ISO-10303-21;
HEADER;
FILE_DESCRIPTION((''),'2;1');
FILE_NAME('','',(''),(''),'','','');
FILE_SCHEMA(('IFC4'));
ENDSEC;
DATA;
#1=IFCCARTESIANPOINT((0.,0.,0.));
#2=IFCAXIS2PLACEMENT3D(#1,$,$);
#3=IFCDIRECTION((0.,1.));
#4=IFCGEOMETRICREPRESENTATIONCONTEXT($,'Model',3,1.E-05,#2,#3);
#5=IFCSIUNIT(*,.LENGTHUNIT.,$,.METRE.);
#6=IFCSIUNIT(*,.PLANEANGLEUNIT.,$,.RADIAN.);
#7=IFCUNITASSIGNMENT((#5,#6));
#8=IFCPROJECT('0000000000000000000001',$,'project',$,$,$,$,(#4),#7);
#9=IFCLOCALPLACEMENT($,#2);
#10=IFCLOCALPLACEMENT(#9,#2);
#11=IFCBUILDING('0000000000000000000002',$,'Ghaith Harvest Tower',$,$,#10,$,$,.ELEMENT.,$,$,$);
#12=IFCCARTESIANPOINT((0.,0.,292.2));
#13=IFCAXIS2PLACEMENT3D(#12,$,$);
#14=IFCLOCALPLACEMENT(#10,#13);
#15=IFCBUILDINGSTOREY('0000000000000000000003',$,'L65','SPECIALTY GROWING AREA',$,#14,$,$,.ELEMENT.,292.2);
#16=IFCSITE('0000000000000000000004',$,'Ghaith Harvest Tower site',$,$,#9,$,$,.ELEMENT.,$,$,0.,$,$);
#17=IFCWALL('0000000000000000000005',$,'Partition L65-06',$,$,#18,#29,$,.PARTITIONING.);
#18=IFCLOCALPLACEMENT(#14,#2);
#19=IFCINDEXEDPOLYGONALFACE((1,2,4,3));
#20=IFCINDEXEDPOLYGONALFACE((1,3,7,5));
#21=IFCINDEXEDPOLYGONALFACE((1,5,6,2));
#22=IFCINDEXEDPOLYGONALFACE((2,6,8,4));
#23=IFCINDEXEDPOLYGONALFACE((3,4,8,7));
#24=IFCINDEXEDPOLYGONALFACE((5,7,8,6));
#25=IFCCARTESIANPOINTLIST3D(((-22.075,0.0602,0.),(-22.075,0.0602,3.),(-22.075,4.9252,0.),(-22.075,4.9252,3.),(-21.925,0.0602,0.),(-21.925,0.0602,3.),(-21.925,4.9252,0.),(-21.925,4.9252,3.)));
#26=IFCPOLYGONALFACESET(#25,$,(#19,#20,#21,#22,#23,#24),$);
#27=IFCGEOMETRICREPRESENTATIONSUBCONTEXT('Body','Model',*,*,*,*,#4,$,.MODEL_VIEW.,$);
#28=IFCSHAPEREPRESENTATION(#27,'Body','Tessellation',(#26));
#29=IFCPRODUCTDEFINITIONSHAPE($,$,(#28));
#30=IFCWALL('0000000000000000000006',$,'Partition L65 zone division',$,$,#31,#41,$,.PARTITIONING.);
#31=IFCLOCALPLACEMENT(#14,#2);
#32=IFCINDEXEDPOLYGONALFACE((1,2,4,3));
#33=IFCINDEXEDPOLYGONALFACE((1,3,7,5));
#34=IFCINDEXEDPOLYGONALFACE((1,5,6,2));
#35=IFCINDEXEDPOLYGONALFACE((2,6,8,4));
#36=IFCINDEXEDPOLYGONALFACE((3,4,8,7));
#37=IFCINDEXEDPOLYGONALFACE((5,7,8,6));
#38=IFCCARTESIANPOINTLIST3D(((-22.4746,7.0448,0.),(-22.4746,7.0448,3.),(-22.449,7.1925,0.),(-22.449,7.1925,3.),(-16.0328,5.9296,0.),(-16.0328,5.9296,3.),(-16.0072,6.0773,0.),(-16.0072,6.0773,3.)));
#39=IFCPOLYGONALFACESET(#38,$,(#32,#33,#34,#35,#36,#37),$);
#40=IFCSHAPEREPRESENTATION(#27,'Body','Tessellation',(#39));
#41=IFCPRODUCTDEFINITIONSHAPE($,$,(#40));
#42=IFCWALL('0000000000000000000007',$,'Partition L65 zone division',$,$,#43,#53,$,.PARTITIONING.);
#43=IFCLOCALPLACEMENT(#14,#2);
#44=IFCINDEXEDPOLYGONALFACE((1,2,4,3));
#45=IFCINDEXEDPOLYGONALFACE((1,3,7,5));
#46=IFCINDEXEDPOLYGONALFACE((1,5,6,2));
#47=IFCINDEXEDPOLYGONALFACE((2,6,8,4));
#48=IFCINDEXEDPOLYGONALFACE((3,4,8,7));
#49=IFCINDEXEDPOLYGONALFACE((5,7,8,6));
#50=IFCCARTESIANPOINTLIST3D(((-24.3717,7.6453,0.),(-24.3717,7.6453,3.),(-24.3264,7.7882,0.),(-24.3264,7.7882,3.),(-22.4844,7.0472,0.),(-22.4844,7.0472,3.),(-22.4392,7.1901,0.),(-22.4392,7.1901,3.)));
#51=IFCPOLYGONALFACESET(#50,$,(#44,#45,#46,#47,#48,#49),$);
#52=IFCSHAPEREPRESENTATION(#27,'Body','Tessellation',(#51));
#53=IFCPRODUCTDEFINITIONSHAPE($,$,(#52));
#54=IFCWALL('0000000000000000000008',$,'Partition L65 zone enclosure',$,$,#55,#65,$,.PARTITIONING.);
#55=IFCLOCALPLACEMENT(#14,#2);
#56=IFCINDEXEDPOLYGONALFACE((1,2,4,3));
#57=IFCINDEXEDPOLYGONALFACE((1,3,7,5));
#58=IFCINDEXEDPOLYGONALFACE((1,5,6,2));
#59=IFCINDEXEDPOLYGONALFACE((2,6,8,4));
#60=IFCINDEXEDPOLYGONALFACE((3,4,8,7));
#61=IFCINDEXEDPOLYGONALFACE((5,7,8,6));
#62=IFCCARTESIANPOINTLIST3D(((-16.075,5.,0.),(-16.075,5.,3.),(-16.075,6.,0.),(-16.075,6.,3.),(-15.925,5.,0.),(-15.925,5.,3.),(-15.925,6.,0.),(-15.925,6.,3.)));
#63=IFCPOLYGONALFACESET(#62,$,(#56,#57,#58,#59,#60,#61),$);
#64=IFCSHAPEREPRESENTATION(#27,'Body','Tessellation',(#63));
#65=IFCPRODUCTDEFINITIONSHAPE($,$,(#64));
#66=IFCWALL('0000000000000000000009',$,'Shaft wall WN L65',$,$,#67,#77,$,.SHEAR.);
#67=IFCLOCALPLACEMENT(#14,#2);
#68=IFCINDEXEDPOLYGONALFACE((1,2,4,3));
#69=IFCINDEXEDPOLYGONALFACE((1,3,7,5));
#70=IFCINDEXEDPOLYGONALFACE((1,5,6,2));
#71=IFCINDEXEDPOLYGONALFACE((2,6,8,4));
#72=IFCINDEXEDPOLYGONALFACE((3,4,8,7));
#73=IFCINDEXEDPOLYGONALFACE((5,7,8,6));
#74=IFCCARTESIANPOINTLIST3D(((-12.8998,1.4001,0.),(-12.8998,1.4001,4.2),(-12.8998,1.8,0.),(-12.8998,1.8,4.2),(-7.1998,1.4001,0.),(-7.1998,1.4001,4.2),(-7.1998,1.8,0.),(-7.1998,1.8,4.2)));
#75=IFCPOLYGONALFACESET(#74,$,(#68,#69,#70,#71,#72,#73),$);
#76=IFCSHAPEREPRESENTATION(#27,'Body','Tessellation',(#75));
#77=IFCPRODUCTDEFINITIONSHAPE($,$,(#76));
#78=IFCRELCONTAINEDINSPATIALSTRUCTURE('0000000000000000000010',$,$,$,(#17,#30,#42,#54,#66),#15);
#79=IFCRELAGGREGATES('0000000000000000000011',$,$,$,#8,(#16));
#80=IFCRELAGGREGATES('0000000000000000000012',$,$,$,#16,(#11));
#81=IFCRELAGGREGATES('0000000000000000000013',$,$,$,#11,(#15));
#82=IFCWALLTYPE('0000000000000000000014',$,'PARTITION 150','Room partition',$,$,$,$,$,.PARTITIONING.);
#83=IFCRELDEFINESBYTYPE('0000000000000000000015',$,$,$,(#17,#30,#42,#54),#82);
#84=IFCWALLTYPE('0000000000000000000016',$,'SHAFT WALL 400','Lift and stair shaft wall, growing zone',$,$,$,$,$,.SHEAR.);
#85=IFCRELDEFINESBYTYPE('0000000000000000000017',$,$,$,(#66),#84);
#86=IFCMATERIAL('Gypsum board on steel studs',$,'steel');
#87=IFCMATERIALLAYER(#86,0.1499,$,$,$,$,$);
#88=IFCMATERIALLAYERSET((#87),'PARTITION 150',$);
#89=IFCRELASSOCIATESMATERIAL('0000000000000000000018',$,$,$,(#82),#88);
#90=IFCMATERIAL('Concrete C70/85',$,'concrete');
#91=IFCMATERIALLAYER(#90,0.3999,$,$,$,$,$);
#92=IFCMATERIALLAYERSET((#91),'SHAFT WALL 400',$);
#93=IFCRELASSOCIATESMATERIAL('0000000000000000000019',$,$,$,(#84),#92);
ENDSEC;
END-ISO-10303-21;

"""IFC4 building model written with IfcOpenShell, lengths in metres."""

from ifc_helpers import new_model, si_unit, direction, frame, frame_2d, origin, place, context, subcontext, project, spatial, rectangle, extrude, material, layer, layer_set, type_object, element, save


model = new_model("IFC4")

# Units and contexts
model_context = context("Model", 3, precision=1e-05, world=origin(), true_north=direction((0.0, 1.0)))
body_context = subcontext(model_context, "Body", "Model", "MODEL_VIEW")
ifc_project = project(units=[si_unit("LENGTHUNIT", "METRE"), si_unit("PLANEANGLEUNIT", "RADIAN")], contexts=[model_context])

# Site, building, storey
site_placement = place(None, origin())
site = spatial("IfcSite", under=ifc_project, at=site_placement, Name="Ghaith Harvest Tower site", CompositionType="ELEMENT", RefElevation=0.0)
building_placement = place(site_placement, origin())
building = spatial("IfcBuilding", under=site, at=building_placement, Name="Ghaith Harvest Tower", CompositionType="ELEMENT")
storey_placement = place(building_placement, frame((0.0, 0.0, 292.2)))
storey = spatial("IfcBuildingStorey", under=building, at=storey_placement, Name="L65", Description="SPECIALTY GROWING AREA", CompositionType="ELEMENT", Elevation=292.2)

# Shared definitions
ifc_material_1 = material(Name="Gypsum board on steel studs", Category="steel")
ifc_layer_1 = layer(ifc_material_1, 0.1499)
ifc_layer_set_1 = layer_set([ifc_layer_1], Name="PARTITION 150")
wall_type_1 = type_object("IfcWallType", Name="PARTITION 150", Description="Room partition", PredefinedType="PARTITIONING", material=ifc_layer_set_1)

# Walls
wall_1_placement = place(storey_placement, frame((-22.0, 0.0601, 0.0), z_axis=(0.0, 0.0, 1.0), x_axis=(0.0, 1.0, 0.0)))
element("IfcWall", 1, at=wall_1_placement, inside=storey, type_object=wall_type_1, Name="Partition L65-06", PredefinedType="PARTITIONING", context=body_context, shape_type="SweptSolid", body=[
    extrude(rectangle(XDim=4.865, YDim=0.1499, at=frame_2d((2.4326, 0.0))), origin(), (0.0, 0.0, 1.0), 3.0),
])
wall_2_placement = place(storey_placement, frame((-16.02, 6.0034, 0.0), z_axis=(0.0, 0.0, 1.0), x_axis=(-0.985343, 0.170585, 0.0)))
element("IfcWall", 2, at=wall_2_placement, inside=storey, type_object=wall_type_1, Name="Partition L65 zone division", PredefinedType="PARTITIONING", context=body_context, shape_type="SweptSolid", body=[
    extrude(rectangle(XDim=6.5376, YDim=0.1499, at=frame_2d((3.2688, 0.0))), origin(), (0.0, 0.0, 1.0), 3.0),
])
wall_3_placement = place(storey_placement, frame((-22.4619, 7.1187, 0.0), z_axis=(0.0, 0.0, 1.0), x_axis=(-0.953265, 0.302135, 0.0)))
element("IfcWall", 3, at=wall_3_placement, inside=storey, type_object=wall_type_1, Name="Partition L65 zone division", PredefinedType="PARTITIONING", context=body_context, shape_type="SweptSolid", body=[
    extrude(rectangle(XDim=1.9797, YDim=0.1499, at=frame_2d((0.9897, 0.0))), origin(), (0.0, 0.0, 1.0), 3.0),
])
wall_4_placement = place(storey_placement, frame((-16.0, 6.0, 0.0), z_axis=(0.0, 0.0, 1.0), x_axis=(0.0, -1.0, 0.0)))
element("IfcWall", 4, at=wall_4_placement, inside=storey, type_object=wall_type_1, Name="Partition L65 zone enclosure", PredefinedType="PARTITIONING", context=body_context, shape_type="SweptSolid", body=[
    extrude(rectangle(XDim=1.0, YDim=0.1499, at=frame_2d((0.5, 0.0))), origin(), (0.0, 0.0, 1.0), 3.0),
])
ifc_material_2 = material(Name="Concrete C70/85", Category="concrete")
ifc_layer_2 = layer(ifc_material_2, 0.3999)
ifc_layer_set_2 = layer_set([ifc_layer_2], Name="SHAFT WALL 400")
wall_type_2 = type_object("IfcWallType", Name="SHAFT WALL 400", Description="Lift and stair shaft wall, growing zone", PredefinedType="SHEAR", material=ifc_layer_set_2)
wall_5_placement = place(storey_placement, frame((-12.8999, 1.6001, 0.0), z_axis=(0.0, 0.0, 1.0), x_axis=(1.0, 0.0, 0.0)))
element("IfcWall", 5, at=wall_5_placement, inside=storey, type_object=wall_type_2, Name="Shaft wall WN L65", PredefinedType="SHEAR", context=body_context, shape_type="SweptSolid", body=[
    extrude(rectangle(XDim=5.7, YDim=0.3999, at=frame_2d((2.8501, 0.0))), origin(), (0.0, 0.0, 1.0), 4.2),
])

save(model, "model.ifc")
